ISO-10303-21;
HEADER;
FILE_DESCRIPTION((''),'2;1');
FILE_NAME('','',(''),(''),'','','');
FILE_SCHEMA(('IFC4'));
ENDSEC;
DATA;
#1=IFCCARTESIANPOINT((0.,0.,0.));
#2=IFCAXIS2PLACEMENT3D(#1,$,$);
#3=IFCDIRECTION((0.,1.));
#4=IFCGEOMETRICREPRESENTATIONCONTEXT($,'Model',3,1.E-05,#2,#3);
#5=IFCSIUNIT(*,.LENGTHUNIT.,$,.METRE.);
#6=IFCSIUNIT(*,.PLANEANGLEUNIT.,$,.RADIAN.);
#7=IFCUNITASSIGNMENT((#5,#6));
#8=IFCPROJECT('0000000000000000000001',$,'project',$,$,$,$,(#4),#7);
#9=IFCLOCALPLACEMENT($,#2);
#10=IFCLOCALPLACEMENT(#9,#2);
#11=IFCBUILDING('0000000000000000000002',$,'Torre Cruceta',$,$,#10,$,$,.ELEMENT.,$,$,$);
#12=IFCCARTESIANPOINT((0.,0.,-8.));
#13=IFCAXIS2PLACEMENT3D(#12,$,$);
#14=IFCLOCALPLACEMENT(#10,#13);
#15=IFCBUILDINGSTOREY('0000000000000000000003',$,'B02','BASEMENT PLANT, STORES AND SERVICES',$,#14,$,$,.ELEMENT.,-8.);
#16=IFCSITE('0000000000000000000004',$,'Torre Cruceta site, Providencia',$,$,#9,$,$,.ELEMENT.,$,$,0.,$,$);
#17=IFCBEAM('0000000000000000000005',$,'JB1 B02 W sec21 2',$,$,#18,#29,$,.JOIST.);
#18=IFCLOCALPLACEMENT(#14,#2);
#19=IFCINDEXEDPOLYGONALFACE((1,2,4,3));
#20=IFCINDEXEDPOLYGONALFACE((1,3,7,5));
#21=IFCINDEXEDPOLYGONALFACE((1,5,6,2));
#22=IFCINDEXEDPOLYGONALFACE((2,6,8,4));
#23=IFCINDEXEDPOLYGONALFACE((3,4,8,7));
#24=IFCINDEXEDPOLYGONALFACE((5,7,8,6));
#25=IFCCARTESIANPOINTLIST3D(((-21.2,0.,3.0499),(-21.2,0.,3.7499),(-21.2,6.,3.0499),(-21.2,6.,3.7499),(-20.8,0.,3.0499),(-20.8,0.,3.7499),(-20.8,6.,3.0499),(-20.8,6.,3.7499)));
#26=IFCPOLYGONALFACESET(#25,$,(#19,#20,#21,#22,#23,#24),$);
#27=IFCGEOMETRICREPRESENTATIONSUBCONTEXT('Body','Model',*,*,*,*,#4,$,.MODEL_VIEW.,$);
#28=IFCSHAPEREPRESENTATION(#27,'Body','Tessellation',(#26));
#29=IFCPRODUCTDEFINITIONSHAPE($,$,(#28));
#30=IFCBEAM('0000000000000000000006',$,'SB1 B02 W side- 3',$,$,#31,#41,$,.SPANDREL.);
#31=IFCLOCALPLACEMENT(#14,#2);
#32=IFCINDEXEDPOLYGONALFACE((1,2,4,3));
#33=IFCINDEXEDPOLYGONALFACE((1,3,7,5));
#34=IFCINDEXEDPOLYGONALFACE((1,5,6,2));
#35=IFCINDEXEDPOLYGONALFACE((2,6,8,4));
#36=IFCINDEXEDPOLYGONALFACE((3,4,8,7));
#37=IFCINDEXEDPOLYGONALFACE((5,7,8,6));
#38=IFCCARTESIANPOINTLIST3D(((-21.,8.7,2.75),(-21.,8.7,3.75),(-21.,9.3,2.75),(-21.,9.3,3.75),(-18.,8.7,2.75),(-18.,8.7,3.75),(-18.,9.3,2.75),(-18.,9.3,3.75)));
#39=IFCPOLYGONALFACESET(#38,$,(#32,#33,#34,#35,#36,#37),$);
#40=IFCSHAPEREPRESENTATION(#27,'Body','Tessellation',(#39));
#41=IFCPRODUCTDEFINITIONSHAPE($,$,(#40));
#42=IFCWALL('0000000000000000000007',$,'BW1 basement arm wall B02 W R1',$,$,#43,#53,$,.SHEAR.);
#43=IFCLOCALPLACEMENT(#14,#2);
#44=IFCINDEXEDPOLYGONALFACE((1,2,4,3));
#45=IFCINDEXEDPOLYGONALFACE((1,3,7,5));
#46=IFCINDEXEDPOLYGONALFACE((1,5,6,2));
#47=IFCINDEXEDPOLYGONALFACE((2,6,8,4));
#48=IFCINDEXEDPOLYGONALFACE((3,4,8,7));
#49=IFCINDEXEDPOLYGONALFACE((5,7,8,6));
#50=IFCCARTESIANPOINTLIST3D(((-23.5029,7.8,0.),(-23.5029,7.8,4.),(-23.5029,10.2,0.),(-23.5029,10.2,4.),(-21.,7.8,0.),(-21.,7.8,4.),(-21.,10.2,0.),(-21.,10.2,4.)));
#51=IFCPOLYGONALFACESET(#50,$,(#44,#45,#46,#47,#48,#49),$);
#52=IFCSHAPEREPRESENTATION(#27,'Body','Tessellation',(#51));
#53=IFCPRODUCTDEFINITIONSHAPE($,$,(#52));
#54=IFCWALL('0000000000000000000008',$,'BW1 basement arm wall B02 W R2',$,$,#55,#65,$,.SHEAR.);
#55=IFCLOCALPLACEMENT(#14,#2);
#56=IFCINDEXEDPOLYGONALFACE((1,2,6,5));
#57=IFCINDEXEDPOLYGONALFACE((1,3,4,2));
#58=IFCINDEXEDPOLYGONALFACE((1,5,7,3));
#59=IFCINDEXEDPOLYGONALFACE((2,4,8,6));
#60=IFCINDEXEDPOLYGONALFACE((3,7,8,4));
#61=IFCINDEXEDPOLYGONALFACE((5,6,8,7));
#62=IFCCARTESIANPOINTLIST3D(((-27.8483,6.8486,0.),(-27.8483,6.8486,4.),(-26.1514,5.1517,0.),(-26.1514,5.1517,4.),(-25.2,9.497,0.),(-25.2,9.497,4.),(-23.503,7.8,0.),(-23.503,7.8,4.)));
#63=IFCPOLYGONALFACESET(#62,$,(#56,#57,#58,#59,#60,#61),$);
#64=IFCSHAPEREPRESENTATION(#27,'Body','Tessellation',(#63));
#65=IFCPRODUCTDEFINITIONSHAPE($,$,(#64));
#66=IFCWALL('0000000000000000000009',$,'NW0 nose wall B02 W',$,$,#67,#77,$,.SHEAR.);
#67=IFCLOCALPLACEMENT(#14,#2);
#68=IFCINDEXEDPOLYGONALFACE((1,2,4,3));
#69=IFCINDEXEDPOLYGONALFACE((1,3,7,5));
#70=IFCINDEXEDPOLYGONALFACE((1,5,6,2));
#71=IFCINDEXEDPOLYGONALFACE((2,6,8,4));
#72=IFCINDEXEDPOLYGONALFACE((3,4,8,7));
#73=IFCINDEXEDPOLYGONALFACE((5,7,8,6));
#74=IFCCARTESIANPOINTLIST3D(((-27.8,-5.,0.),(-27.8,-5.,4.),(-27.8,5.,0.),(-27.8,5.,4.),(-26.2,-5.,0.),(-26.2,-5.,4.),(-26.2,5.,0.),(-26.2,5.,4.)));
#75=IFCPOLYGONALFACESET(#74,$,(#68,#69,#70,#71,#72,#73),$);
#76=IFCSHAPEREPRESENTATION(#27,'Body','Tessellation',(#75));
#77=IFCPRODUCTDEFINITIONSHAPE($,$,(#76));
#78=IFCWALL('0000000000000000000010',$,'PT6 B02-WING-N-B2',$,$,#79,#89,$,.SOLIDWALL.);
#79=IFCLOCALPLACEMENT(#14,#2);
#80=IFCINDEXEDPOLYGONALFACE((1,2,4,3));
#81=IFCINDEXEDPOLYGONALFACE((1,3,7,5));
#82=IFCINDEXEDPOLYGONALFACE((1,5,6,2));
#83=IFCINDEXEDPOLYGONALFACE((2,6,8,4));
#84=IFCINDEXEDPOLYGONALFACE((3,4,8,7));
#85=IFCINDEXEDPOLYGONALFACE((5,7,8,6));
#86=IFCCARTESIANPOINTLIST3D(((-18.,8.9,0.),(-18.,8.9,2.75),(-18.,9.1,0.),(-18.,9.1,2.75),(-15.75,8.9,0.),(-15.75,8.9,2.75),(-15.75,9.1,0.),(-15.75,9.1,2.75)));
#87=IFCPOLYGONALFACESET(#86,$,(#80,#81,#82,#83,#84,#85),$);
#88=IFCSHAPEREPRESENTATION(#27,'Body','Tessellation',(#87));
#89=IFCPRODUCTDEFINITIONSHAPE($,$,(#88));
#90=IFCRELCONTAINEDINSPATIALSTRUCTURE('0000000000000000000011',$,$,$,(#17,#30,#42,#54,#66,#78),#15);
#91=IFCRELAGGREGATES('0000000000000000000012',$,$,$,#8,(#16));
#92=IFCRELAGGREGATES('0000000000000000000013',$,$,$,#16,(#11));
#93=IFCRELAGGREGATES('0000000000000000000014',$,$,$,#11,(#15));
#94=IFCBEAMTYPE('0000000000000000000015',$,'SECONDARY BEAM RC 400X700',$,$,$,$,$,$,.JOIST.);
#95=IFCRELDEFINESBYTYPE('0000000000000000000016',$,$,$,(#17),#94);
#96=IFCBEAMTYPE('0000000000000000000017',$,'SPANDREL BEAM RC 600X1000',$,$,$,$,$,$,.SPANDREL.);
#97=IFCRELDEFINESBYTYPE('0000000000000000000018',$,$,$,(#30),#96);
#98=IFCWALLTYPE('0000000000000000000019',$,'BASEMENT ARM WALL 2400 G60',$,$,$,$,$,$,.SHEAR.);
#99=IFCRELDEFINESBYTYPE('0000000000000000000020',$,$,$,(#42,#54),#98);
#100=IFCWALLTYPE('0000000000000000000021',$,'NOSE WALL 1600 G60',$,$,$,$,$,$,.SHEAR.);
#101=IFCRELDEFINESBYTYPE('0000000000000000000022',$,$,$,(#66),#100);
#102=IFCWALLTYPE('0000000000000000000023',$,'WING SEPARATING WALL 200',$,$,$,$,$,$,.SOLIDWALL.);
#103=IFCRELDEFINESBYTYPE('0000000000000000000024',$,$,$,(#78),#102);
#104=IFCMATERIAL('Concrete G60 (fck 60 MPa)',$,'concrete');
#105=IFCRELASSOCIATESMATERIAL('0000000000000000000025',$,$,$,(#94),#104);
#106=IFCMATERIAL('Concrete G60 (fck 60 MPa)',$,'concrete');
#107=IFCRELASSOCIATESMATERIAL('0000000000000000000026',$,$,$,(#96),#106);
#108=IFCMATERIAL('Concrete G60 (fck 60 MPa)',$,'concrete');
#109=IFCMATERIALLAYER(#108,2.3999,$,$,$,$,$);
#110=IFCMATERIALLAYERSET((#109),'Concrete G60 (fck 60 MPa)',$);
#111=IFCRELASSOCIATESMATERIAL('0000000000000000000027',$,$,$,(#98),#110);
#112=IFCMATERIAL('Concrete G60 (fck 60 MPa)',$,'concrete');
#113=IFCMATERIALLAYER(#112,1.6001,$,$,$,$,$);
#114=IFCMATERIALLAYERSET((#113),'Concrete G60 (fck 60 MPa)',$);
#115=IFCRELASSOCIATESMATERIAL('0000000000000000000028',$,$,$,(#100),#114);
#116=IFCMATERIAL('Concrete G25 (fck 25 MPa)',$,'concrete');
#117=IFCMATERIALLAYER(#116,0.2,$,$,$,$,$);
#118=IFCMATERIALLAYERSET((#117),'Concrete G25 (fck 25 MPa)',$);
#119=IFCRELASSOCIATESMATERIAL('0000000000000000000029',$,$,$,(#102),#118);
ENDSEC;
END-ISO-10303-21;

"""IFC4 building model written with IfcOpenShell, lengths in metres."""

from ifc_helpers import new_model, si_unit, direction, frame, frame_2d, origin, origin_2d, place, context, subcontext, project, spatial, rectangle, extrude, material, layer, layer_set, material_profile, profile_set, type_object, element, save


model = new_model("IFC4")

# Units and contexts
model_context = context("Model", 3, precision=1e-05, world=origin(), true_north=direction((0.0, 1.0)))
body_context = subcontext(model_context, "Body", "Model", "MODEL_VIEW")
ifc_project = project(units=[si_unit("LENGTHUNIT", "METRE"), si_unit("PLANEANGLEUNIT", "RADIAN")], contexts=[model_context])

# Site, building, storey
site_placement = place(None, origin())
site = spatial("IfcSite", under=ifc_project, at=site_placement, Name="Torre Cruceta site, Providencia", CompositionType="ELEMENT", RefElevation=0.0)
building_placement = place(site_placement, origin())
building = spatial("IfcBuilding", under=site, at=building_placement, Name="Torre Cruceta", CompositionType="ELEMENT")
storey_placement = place(building_placement, frame((0.0, 0.0, -8.0)))
storey = spatial("IfcBuildingStorey", under=building, at=storey_placement, Name="B02", Description="BASEMENT PLANT, STORES AND SERVICES", CompositionType="ELEMENT", Elevation=-8.0)

# Beams
ifc_material_1 = material(Name="Concrete G60 (fck 60 MPa)", Category="concrete")
ifc_material_profile_1 = material_profile(ifc_material_1, rectangle(XDim=0.3999, YDim=0.7, at=origin_2d()), Name="RC 400X700")
ifc_profile_set_1 = profile_set([ifc_material_profile_1], Name="Concrete G60 (fck 60 MPa)")
beam_type_1 = type_object("IfcBeamType", Name="SECONDARY BEAM RC 400X700", PredefinedType="JOIST", material=ifc_profile_set_1)
beam_1_placement = place(storey_placement, frame((-21.0, 6.0, 3.3999), z_axis=(0.0, -1.0, 0.0), x_axis=(1.0, 0.0, 0.0)))
element("IfcBeam", 1, at=beam_1_placement, inside=storey, type_object=beam_type_1, Name="JB1 B02 W sec21 2", PredefinedType="JOIST", context=body_context, shape_type="SweptSolid", body=[
    extrude(rectangle(XDim=0.3999, YDim=0.7, at=origin_2d()), origin(), (0.0, 0.0, 1.0), 6.0),
])
ifc_material_2 = material(Name="Concrete G60 (fck 60 MPa)", Category="concrete")
ifc_material_profile_2 = material_profile(ifc_material_2, rectangle(XDim=0.6001, YDim=1.0, at=origin_2d()), Name="RC 600X1000")
ifc_profile_set_2 = profile_set([ifc_material_profile_2], Name="Concrete G60 (fck 60 MPa)")
beam_type_2 = type_object("IfcBeamType", Name="SPANDREL BEAM RC 600X1000", PredefinedType="SPANDREL", material=ifc_profile_set_2)
beam_2_placement = place(storey_placement, frame((-18.0, 9.0, 3.25), z_axis=(-1.0, 0.0, 0.0), x_axis=(0.0, -1.0, 0.0)))
element("IfcBeam", 2, at=beam_2_placement, inside=storey, type_object=beam_type_2, Name="SB1 B02 W side- 3", PredefinedType="SPANDREL", context=body_context, shape_type="SweptSolid", body=[
    extrude(rectangle(XDim=0.6001, YDim=1.0, at=origin_2d()), origin(), (0.0, 0.0, 1.0), 3.0),
])

# Walls
ifc_material_3 = material(Name="Concrete G60 (fck 60 MPa)", Category="concrete")
ifc_layer_1 = layer(ifc_material_3, 2.3999)
ifc_layer_set_1 = layer_set([ifc_layer_1], Name="Concrete G60 (fck 60 MPa)")
wall_type_1 = type_object("IfcWallType", Name="BASEMENT ARM WALL 2400 G60", PredefinedType="SHEAR", material=ifc_layer_set_1)
wall_1_placement = place(storey_placement, frame((-21.0, 9.0, 0.0), z_axis=(0.0, 0.0, 1.0), x_axis=(-1.0, 0.0, 0.0)))
element("IfcWall", 3, at=wall_1_placement, inside=storey, type_object=wall_type_1, Name="BW1 basement arm wall B02 W R1", PredefinedType="SHEAR", context=body_context, shape_type="SweptSolid", body=[
    extrude(rectangle(XDim=2.5029, YDim=2.3999, at=frame_2d((1.2515, 0.0))), origin(), (0.0, 0.0, 1.0), 4.0),
])
wall_2_placement = place(storey_placement, frame((-24.3516, 8.6484, 0.0), z_axis=(0.0, 0.0, 1.0), x_axis=(-0.707107, -0.707107, 0.0)))
element("IfcWall", 4, at=wall_2_placement, inside=storey, type_object=wall_type_1, Name="BW1 basement arm wall B02 W R2", PredefinedType="SHEAR", context=body_context, shape_type="SweptSolid", body=[
    extrude(rectangle(XDim=3.7454, YDim=2.3999, at=frame_2d((1.8726, 0.0))), origin(), (0.0, 0.0, 1.0), 4.0),
])
ifc_material_4 = material(Name="Concrete G60 (fck 60 MPa)", Category="concrete")
ifc_layer_2 = layer(ifc_material_4, 1.6001)
ifc_layer_set_2 = layer_set([ifc_layer_2], Name="Concrete G60 (fck 60 MPa)")
wall_type_2 = type_object("IfcWallType", Name="NOSE WALL 1600 G60", PredefinedType="SHEAR", material=ifc_layer_set_2)
wall_3_placement = place(storey_placement, frame((-27.0, 5.0, 0.0), z_axis=(0.0, 0.0, 1.0), x_axis=(0.0, -1.0, 0.0)))
element("IfcWall", 5, at=wall_3_placement, inside=storey, type_object=wall_type_2, Name="NW0 nose wall B02 W", PredefinedType="SHEAR", context=body_context, shape_type="SweptSolid", body=[
    extrude(rectangle(XDim=10.0, YDim=1.6001, at=frame_2d((5.0, 0.0))), origin(), (0.0, 0.0, 1.0), 4.0),
])
ifc_material_5 = material(Name="Concrete G25 (fck 25 MPa)", Category="concrete")
ifc_layer_3 = layer(ifc_material_5, 0.2)
ifc_layer_set_3 = layer_set([ifc_layer_3], Name="Concrete G25 (fck 25 MPa)")
wall_type_3 = type_object("IfcWallType", Name="WING SEPARATING WALL 200", PredefinedType="SOLIDWALL", material=ifc_layer_set_3)
wall_4_placement = place(storey_placement, frame((-18.0, 9.0, 0.0), z_axis=(0.0, 0.0, 1.0), x_axis=(1.0, 0.0, 0.0)))
element("IfcWall", 6, at=wall_4_placement, inside=storey, type_object=wall_type_3, Name="PT6 B02-WING-N-B2", PredefinedType="SOLIDWALL", context=body_context, shape_type="SweptSolid", body=[
    extrude(rectangle(XDim=2.25, YDim=0.2, at=frame_2d((1.125, 0.0))), origin(), (0.0, 0.0, 1.0), 2.75),
])

save(model, "model.ifc")
